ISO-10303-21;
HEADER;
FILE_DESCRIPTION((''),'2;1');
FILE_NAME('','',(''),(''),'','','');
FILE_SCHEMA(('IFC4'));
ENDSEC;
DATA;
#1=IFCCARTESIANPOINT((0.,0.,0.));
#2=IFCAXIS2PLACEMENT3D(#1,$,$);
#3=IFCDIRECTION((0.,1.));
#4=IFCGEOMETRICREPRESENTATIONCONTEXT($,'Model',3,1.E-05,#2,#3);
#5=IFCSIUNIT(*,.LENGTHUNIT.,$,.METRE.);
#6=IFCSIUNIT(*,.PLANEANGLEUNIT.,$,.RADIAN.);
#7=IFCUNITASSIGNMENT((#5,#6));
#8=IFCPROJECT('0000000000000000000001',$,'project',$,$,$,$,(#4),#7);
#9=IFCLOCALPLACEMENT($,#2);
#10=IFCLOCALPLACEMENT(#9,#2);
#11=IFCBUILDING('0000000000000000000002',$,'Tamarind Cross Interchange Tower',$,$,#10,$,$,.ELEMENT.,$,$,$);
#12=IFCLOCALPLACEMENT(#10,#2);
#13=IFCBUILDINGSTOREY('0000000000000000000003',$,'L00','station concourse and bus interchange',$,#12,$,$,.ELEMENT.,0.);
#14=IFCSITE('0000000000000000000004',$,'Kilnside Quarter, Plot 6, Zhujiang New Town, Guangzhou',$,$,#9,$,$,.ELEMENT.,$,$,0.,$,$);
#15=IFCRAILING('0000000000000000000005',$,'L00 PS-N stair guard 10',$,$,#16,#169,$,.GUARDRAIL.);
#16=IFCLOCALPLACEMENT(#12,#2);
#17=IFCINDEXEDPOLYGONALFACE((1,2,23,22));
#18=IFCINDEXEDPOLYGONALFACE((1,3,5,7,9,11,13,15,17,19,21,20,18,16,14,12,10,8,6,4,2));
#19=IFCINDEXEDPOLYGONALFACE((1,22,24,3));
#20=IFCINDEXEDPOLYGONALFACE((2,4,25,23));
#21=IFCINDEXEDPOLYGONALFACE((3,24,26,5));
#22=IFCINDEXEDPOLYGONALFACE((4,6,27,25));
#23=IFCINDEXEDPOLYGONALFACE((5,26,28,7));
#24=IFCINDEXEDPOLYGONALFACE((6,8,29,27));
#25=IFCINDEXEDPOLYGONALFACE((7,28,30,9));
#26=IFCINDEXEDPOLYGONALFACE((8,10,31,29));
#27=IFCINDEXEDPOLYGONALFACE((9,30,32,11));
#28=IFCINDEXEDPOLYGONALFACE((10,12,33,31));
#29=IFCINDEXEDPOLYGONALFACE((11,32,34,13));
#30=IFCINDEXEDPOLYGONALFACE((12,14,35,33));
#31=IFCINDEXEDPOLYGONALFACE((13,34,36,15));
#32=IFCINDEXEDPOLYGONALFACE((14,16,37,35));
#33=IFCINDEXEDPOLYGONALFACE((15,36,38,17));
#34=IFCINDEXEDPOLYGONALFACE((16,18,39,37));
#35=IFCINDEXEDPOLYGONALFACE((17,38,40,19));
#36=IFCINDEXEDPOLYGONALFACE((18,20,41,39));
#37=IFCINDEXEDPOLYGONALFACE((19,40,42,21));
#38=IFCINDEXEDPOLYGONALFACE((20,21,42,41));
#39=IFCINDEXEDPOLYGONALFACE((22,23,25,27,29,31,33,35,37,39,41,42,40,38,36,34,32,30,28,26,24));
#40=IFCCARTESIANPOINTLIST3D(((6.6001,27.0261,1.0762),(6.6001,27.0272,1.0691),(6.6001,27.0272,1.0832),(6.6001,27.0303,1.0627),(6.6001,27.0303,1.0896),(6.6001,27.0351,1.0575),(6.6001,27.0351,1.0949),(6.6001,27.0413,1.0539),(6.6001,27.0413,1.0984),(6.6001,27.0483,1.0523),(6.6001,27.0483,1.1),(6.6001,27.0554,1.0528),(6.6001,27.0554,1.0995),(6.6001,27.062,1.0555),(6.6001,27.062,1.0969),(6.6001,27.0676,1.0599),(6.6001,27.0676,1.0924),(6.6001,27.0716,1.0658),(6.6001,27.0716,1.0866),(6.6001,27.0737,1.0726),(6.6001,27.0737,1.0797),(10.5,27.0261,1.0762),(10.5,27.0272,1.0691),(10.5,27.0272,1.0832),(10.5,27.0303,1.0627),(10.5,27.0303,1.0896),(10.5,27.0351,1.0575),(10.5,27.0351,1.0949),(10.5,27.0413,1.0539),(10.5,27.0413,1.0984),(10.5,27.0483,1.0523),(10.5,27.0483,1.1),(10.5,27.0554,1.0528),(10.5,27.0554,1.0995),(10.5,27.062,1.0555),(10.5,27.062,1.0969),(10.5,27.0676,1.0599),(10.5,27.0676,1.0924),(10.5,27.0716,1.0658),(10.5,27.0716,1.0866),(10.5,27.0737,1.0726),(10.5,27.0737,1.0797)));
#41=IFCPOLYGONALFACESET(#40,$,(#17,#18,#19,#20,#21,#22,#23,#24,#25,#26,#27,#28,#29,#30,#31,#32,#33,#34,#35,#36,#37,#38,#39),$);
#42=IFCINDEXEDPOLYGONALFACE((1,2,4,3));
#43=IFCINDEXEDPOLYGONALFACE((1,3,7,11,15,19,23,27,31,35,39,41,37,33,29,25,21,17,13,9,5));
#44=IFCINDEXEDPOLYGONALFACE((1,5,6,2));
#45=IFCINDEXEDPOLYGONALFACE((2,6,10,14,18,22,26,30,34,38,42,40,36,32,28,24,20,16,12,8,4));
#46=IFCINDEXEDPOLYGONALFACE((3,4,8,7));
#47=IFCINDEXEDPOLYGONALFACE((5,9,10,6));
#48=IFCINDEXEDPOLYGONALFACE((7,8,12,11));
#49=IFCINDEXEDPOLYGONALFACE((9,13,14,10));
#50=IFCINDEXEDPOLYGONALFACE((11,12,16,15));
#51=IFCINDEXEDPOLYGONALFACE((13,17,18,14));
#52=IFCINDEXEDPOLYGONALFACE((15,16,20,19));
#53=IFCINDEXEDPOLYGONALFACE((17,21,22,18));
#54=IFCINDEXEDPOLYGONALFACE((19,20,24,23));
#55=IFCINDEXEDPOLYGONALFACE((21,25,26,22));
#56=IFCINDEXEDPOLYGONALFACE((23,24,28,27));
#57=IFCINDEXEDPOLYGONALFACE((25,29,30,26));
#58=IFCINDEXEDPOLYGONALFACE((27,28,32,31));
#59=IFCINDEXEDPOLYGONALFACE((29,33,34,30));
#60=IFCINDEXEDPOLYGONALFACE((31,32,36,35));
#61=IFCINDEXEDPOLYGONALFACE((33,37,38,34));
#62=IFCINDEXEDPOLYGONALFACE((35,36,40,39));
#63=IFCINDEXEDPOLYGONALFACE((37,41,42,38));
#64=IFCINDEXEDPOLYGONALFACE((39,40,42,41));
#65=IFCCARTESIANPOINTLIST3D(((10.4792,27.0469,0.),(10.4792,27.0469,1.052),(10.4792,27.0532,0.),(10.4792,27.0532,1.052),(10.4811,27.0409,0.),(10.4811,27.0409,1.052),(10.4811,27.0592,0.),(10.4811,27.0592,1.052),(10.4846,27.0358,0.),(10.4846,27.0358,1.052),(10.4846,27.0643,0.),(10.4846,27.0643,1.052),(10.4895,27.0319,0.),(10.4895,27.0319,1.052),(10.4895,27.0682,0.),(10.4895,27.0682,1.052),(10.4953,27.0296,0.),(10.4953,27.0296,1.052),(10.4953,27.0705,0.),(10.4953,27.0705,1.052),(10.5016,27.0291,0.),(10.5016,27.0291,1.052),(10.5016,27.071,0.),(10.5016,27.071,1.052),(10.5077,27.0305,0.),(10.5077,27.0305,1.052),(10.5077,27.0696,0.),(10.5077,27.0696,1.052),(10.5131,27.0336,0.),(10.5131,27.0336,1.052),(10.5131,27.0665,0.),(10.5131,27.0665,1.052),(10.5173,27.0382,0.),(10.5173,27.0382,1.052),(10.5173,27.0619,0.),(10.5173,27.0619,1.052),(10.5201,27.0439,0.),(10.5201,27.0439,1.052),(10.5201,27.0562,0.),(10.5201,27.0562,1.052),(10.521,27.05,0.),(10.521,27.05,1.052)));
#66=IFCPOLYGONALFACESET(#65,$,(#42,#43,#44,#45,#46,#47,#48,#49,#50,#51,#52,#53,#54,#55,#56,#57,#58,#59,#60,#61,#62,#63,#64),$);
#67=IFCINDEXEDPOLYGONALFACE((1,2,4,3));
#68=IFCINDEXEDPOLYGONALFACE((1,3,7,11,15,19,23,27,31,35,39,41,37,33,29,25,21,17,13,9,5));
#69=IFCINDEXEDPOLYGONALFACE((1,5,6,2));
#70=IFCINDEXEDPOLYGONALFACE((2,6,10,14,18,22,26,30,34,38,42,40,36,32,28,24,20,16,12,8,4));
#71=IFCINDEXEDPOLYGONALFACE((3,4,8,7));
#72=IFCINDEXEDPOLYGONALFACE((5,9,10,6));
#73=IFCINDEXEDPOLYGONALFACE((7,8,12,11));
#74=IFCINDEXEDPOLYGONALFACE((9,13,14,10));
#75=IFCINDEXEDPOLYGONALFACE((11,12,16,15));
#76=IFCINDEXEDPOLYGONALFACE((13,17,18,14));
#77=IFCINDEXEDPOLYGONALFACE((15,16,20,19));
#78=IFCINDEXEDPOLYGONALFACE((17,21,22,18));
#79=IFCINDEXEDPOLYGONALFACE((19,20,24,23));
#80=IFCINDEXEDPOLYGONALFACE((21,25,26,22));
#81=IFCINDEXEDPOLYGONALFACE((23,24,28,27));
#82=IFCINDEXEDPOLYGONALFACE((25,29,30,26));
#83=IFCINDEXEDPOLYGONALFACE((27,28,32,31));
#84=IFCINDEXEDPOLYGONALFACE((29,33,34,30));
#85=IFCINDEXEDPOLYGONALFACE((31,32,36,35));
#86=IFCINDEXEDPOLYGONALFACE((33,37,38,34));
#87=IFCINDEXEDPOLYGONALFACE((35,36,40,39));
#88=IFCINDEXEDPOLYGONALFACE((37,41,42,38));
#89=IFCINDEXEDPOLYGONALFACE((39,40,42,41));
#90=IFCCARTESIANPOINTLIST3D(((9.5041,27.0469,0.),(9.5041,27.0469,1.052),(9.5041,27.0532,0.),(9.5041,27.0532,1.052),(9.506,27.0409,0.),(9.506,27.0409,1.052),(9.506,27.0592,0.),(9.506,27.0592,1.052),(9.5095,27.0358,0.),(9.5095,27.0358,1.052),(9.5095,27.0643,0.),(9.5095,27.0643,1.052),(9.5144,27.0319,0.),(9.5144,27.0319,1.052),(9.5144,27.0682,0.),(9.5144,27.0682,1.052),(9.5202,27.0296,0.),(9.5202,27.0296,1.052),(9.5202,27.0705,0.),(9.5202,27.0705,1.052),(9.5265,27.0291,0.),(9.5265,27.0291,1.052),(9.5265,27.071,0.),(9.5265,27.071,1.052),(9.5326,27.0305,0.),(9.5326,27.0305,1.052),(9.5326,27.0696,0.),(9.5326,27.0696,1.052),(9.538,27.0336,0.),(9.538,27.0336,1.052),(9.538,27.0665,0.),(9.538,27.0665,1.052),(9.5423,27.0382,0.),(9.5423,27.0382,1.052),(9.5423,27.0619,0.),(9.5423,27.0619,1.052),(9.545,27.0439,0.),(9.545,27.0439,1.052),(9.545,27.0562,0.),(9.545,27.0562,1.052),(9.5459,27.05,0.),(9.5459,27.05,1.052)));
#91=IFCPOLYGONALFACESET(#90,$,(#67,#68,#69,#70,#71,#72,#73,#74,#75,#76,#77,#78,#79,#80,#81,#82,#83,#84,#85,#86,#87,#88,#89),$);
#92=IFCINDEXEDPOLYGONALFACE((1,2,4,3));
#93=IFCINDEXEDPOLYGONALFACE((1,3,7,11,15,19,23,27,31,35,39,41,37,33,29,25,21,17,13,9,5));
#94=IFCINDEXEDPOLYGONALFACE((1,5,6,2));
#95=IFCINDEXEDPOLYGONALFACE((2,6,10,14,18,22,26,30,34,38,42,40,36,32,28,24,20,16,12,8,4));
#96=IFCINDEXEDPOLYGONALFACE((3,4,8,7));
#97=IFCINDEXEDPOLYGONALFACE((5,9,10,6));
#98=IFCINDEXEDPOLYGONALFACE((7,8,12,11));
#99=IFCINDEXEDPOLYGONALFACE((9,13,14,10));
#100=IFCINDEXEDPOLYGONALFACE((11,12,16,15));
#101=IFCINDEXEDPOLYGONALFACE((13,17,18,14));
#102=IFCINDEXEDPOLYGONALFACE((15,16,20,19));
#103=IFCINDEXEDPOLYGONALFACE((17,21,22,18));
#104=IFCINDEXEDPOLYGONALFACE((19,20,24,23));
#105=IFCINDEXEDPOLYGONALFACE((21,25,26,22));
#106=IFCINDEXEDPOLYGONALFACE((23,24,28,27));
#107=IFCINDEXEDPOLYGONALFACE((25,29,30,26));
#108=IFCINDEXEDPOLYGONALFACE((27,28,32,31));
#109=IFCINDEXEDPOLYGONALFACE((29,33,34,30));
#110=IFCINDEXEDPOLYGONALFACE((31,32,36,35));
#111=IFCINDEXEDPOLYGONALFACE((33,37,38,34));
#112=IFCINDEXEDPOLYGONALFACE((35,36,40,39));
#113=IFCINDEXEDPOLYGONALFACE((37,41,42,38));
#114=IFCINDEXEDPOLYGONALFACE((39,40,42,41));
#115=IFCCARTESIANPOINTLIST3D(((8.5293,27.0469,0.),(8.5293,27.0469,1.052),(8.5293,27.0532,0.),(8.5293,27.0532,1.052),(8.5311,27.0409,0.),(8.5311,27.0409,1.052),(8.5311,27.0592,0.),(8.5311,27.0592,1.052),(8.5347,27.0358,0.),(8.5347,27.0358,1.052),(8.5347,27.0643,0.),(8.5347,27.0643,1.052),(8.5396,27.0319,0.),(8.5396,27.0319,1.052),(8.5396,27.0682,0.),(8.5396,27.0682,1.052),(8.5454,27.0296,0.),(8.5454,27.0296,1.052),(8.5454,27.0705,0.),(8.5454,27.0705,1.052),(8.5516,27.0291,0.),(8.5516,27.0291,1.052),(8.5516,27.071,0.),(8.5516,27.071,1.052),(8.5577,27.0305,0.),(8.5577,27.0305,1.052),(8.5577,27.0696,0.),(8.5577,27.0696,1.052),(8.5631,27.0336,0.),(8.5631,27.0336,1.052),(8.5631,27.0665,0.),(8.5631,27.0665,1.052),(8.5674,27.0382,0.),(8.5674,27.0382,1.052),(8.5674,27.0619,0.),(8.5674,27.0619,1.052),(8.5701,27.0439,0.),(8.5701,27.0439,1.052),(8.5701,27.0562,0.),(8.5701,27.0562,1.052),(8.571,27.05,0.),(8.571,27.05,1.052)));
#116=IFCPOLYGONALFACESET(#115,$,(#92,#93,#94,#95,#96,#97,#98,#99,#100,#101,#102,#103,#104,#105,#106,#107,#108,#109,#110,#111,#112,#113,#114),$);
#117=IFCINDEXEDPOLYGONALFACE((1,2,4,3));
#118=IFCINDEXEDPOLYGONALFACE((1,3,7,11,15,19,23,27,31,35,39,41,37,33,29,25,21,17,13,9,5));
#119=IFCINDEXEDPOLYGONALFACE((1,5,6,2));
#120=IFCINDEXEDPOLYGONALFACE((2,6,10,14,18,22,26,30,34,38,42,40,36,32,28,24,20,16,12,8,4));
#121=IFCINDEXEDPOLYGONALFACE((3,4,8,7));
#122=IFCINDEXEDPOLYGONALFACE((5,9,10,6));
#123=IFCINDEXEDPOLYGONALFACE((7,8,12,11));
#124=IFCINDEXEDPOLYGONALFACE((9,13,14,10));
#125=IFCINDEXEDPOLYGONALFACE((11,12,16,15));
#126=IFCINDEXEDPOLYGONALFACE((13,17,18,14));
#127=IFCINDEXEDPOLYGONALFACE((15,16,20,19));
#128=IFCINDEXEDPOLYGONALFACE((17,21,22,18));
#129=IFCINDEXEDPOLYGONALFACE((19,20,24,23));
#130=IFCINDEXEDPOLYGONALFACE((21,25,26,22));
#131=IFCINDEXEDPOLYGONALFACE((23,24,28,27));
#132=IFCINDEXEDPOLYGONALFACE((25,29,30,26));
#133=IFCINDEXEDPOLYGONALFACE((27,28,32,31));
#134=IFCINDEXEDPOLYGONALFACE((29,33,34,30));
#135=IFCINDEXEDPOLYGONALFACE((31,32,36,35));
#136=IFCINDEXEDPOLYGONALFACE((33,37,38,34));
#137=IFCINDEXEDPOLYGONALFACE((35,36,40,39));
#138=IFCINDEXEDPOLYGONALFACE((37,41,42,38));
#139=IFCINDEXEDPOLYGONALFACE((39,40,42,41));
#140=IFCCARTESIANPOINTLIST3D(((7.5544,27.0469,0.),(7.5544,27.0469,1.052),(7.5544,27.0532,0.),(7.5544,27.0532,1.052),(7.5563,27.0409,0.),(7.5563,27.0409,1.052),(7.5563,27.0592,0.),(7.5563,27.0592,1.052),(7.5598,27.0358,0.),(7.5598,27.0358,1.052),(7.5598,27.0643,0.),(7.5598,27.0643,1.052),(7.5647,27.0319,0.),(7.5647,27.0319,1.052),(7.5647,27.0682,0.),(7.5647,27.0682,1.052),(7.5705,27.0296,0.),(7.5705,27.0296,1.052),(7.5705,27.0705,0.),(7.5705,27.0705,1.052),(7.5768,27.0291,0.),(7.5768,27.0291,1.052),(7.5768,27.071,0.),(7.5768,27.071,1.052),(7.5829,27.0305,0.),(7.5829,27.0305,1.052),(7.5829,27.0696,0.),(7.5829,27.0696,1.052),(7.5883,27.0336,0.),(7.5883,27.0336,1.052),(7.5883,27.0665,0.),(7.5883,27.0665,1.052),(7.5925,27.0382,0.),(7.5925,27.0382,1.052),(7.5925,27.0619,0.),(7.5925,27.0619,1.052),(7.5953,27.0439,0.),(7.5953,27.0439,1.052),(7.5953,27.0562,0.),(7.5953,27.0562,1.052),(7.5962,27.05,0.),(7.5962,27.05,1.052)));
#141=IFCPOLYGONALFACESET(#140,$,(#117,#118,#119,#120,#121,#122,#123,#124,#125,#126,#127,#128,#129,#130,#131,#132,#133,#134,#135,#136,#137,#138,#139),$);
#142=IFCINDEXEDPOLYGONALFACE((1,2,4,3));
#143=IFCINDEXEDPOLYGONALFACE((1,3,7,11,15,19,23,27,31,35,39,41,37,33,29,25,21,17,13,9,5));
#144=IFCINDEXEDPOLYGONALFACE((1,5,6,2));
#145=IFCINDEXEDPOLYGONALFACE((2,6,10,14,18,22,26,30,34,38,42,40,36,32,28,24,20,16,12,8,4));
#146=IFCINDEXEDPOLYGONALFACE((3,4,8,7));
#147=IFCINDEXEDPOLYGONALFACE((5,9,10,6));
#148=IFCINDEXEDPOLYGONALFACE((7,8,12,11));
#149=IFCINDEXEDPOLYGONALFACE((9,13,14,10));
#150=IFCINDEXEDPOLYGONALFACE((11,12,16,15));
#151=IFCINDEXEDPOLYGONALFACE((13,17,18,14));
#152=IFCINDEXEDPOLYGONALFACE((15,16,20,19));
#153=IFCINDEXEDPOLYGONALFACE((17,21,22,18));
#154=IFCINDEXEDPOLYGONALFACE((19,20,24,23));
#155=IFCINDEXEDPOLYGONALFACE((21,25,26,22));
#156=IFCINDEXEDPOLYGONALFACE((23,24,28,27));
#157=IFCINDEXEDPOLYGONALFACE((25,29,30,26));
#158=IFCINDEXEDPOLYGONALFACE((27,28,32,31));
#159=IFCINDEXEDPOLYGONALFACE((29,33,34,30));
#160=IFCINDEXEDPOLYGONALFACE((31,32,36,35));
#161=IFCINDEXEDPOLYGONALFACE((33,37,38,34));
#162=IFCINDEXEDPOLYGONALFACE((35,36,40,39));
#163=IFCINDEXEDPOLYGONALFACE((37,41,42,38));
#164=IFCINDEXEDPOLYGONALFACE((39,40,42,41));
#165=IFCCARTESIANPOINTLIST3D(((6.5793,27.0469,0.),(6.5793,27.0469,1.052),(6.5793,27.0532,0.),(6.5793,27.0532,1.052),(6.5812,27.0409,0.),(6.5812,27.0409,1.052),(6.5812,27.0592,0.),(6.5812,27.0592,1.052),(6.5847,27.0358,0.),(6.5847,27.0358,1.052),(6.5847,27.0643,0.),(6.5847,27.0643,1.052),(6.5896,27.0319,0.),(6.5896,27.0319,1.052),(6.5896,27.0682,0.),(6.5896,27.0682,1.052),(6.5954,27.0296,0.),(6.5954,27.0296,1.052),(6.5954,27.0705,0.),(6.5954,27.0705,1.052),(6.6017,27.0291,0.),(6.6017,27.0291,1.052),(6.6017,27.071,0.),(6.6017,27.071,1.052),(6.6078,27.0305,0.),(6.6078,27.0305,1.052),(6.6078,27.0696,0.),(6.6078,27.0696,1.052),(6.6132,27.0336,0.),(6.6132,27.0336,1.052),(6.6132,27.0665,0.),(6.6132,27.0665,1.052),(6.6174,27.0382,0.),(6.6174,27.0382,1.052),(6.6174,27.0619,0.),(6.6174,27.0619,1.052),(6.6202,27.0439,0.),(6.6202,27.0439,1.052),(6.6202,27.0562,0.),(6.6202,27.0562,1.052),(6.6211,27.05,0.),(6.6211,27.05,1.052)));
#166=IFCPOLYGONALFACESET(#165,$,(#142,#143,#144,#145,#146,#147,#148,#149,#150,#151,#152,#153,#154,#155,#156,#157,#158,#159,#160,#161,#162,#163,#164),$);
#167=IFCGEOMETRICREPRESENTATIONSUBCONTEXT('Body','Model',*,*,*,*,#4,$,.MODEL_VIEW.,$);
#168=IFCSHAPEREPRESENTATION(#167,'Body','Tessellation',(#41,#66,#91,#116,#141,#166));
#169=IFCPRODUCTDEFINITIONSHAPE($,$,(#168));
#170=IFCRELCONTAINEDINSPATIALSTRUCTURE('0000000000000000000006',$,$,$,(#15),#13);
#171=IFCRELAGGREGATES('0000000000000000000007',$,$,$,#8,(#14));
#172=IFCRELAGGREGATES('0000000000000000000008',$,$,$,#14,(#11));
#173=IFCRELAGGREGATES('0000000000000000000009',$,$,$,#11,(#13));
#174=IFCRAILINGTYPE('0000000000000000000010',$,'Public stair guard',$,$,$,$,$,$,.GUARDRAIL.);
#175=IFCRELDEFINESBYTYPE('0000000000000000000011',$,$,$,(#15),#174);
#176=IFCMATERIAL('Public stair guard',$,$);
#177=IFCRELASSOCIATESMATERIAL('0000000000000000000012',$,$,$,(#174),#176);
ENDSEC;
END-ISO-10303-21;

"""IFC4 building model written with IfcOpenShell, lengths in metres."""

from ifc_helpers import new_model, si_unit, direction, frame, origin, origin_2d, place, context, subcontext, project, spatial, circle, extrude, material, type_object, element, save


model = new_model("IFC4")

# Units and contexts
model_context = context("Model", 3, precision=1e-05, world=origin(), true_north=direction((0.0, 1.0)))
body_context = subcontext(model_context, "Body", "Model", "MODEL_VIEW")
ifc_project = project(units=[si_unit("LENGTHUNIT", "METRE"), si_unit("PLANEANGLEUNIT", "RADIAN")], contexts=[model_context])

# Site, building, storey
site_placement = place(None, origin())
site = spatial("IfcSite", under=ifc_project, at=site_placement, Name="Kilnside Quarter, Plot 6, Zhujiang New Town, Guangzhou", CompositionType="ELEMENT", RefElevation=0.0)
building_placement = place(site_placement, origin())
building = spatial("IfcBuilding", under=site, at=building_placement, Name="Tamarind Cross Interchange Tower", CompositionType="ELEMENT")
storey_placement = place(building_placement, origin())
storey = spatial("IfcBuildingStorey", under=building, at=storey_placement, Name="L00", Description="station concourse and bus interchange", CompositionType="ELEMENT", Elevation=0.0)

# Railing
ifc_material_1 = material(Name="Public stair guard")
railing_type_1 = type_object("IfcRailingType", Name="Public stair guard", PredefinedType="GUARDRAIL", material=ifc_material_1)
railing_1_placement = place(storey_placement, frame((10.5, 27.05, 0.0)))
element("IfcRailing", 1, at=railing_1_placement, inside=storey, type_object=railing_type_1, Name="L00 PS-N stair guard 10", PredefinedType="GUARDRAIL", context=body_context, shape_type="SweptSolid", body=[
    extrude(circle(Radius=0.0239, at=origin_2d()), frame((0.0, 0.0, 1.0762), z_axis=(-1.0, 0.0, 0.0), x_axis=(0.0, -1.0, 0.0)), (0.0, 0.0, 1.0), 3.8999),
    extrude(circle(Radius=0.021, at=origin_2d()), origin(), (0.0, 0.0, 1.0), 1.052),
    extrude(circle(Radius=0.021, at=origin_2d()), frame((-0.9751, 0.0, 0.0)), (0.0, 0.0, 1.0), 1.052),
    extrude(circle(Radius=0.021, at=origin_2d()), frame((-1.95, 0.0, 0.0)), (0.0, 0.0, 1.0), 1.052),
    extrude(circle(Radius=0.021, at=origin_2d()), frame((-2.9248, 0.0, 0.0)), (0.0, 0.0, 1.0), 1.052),
    extrude(circle(Radius=0.021, at=origin_2d()), frame((-3.8999, 0.0, 0.0)), (0.0, 0.0, 1.0), 1.052),
])

save(model, "model.ifc")
